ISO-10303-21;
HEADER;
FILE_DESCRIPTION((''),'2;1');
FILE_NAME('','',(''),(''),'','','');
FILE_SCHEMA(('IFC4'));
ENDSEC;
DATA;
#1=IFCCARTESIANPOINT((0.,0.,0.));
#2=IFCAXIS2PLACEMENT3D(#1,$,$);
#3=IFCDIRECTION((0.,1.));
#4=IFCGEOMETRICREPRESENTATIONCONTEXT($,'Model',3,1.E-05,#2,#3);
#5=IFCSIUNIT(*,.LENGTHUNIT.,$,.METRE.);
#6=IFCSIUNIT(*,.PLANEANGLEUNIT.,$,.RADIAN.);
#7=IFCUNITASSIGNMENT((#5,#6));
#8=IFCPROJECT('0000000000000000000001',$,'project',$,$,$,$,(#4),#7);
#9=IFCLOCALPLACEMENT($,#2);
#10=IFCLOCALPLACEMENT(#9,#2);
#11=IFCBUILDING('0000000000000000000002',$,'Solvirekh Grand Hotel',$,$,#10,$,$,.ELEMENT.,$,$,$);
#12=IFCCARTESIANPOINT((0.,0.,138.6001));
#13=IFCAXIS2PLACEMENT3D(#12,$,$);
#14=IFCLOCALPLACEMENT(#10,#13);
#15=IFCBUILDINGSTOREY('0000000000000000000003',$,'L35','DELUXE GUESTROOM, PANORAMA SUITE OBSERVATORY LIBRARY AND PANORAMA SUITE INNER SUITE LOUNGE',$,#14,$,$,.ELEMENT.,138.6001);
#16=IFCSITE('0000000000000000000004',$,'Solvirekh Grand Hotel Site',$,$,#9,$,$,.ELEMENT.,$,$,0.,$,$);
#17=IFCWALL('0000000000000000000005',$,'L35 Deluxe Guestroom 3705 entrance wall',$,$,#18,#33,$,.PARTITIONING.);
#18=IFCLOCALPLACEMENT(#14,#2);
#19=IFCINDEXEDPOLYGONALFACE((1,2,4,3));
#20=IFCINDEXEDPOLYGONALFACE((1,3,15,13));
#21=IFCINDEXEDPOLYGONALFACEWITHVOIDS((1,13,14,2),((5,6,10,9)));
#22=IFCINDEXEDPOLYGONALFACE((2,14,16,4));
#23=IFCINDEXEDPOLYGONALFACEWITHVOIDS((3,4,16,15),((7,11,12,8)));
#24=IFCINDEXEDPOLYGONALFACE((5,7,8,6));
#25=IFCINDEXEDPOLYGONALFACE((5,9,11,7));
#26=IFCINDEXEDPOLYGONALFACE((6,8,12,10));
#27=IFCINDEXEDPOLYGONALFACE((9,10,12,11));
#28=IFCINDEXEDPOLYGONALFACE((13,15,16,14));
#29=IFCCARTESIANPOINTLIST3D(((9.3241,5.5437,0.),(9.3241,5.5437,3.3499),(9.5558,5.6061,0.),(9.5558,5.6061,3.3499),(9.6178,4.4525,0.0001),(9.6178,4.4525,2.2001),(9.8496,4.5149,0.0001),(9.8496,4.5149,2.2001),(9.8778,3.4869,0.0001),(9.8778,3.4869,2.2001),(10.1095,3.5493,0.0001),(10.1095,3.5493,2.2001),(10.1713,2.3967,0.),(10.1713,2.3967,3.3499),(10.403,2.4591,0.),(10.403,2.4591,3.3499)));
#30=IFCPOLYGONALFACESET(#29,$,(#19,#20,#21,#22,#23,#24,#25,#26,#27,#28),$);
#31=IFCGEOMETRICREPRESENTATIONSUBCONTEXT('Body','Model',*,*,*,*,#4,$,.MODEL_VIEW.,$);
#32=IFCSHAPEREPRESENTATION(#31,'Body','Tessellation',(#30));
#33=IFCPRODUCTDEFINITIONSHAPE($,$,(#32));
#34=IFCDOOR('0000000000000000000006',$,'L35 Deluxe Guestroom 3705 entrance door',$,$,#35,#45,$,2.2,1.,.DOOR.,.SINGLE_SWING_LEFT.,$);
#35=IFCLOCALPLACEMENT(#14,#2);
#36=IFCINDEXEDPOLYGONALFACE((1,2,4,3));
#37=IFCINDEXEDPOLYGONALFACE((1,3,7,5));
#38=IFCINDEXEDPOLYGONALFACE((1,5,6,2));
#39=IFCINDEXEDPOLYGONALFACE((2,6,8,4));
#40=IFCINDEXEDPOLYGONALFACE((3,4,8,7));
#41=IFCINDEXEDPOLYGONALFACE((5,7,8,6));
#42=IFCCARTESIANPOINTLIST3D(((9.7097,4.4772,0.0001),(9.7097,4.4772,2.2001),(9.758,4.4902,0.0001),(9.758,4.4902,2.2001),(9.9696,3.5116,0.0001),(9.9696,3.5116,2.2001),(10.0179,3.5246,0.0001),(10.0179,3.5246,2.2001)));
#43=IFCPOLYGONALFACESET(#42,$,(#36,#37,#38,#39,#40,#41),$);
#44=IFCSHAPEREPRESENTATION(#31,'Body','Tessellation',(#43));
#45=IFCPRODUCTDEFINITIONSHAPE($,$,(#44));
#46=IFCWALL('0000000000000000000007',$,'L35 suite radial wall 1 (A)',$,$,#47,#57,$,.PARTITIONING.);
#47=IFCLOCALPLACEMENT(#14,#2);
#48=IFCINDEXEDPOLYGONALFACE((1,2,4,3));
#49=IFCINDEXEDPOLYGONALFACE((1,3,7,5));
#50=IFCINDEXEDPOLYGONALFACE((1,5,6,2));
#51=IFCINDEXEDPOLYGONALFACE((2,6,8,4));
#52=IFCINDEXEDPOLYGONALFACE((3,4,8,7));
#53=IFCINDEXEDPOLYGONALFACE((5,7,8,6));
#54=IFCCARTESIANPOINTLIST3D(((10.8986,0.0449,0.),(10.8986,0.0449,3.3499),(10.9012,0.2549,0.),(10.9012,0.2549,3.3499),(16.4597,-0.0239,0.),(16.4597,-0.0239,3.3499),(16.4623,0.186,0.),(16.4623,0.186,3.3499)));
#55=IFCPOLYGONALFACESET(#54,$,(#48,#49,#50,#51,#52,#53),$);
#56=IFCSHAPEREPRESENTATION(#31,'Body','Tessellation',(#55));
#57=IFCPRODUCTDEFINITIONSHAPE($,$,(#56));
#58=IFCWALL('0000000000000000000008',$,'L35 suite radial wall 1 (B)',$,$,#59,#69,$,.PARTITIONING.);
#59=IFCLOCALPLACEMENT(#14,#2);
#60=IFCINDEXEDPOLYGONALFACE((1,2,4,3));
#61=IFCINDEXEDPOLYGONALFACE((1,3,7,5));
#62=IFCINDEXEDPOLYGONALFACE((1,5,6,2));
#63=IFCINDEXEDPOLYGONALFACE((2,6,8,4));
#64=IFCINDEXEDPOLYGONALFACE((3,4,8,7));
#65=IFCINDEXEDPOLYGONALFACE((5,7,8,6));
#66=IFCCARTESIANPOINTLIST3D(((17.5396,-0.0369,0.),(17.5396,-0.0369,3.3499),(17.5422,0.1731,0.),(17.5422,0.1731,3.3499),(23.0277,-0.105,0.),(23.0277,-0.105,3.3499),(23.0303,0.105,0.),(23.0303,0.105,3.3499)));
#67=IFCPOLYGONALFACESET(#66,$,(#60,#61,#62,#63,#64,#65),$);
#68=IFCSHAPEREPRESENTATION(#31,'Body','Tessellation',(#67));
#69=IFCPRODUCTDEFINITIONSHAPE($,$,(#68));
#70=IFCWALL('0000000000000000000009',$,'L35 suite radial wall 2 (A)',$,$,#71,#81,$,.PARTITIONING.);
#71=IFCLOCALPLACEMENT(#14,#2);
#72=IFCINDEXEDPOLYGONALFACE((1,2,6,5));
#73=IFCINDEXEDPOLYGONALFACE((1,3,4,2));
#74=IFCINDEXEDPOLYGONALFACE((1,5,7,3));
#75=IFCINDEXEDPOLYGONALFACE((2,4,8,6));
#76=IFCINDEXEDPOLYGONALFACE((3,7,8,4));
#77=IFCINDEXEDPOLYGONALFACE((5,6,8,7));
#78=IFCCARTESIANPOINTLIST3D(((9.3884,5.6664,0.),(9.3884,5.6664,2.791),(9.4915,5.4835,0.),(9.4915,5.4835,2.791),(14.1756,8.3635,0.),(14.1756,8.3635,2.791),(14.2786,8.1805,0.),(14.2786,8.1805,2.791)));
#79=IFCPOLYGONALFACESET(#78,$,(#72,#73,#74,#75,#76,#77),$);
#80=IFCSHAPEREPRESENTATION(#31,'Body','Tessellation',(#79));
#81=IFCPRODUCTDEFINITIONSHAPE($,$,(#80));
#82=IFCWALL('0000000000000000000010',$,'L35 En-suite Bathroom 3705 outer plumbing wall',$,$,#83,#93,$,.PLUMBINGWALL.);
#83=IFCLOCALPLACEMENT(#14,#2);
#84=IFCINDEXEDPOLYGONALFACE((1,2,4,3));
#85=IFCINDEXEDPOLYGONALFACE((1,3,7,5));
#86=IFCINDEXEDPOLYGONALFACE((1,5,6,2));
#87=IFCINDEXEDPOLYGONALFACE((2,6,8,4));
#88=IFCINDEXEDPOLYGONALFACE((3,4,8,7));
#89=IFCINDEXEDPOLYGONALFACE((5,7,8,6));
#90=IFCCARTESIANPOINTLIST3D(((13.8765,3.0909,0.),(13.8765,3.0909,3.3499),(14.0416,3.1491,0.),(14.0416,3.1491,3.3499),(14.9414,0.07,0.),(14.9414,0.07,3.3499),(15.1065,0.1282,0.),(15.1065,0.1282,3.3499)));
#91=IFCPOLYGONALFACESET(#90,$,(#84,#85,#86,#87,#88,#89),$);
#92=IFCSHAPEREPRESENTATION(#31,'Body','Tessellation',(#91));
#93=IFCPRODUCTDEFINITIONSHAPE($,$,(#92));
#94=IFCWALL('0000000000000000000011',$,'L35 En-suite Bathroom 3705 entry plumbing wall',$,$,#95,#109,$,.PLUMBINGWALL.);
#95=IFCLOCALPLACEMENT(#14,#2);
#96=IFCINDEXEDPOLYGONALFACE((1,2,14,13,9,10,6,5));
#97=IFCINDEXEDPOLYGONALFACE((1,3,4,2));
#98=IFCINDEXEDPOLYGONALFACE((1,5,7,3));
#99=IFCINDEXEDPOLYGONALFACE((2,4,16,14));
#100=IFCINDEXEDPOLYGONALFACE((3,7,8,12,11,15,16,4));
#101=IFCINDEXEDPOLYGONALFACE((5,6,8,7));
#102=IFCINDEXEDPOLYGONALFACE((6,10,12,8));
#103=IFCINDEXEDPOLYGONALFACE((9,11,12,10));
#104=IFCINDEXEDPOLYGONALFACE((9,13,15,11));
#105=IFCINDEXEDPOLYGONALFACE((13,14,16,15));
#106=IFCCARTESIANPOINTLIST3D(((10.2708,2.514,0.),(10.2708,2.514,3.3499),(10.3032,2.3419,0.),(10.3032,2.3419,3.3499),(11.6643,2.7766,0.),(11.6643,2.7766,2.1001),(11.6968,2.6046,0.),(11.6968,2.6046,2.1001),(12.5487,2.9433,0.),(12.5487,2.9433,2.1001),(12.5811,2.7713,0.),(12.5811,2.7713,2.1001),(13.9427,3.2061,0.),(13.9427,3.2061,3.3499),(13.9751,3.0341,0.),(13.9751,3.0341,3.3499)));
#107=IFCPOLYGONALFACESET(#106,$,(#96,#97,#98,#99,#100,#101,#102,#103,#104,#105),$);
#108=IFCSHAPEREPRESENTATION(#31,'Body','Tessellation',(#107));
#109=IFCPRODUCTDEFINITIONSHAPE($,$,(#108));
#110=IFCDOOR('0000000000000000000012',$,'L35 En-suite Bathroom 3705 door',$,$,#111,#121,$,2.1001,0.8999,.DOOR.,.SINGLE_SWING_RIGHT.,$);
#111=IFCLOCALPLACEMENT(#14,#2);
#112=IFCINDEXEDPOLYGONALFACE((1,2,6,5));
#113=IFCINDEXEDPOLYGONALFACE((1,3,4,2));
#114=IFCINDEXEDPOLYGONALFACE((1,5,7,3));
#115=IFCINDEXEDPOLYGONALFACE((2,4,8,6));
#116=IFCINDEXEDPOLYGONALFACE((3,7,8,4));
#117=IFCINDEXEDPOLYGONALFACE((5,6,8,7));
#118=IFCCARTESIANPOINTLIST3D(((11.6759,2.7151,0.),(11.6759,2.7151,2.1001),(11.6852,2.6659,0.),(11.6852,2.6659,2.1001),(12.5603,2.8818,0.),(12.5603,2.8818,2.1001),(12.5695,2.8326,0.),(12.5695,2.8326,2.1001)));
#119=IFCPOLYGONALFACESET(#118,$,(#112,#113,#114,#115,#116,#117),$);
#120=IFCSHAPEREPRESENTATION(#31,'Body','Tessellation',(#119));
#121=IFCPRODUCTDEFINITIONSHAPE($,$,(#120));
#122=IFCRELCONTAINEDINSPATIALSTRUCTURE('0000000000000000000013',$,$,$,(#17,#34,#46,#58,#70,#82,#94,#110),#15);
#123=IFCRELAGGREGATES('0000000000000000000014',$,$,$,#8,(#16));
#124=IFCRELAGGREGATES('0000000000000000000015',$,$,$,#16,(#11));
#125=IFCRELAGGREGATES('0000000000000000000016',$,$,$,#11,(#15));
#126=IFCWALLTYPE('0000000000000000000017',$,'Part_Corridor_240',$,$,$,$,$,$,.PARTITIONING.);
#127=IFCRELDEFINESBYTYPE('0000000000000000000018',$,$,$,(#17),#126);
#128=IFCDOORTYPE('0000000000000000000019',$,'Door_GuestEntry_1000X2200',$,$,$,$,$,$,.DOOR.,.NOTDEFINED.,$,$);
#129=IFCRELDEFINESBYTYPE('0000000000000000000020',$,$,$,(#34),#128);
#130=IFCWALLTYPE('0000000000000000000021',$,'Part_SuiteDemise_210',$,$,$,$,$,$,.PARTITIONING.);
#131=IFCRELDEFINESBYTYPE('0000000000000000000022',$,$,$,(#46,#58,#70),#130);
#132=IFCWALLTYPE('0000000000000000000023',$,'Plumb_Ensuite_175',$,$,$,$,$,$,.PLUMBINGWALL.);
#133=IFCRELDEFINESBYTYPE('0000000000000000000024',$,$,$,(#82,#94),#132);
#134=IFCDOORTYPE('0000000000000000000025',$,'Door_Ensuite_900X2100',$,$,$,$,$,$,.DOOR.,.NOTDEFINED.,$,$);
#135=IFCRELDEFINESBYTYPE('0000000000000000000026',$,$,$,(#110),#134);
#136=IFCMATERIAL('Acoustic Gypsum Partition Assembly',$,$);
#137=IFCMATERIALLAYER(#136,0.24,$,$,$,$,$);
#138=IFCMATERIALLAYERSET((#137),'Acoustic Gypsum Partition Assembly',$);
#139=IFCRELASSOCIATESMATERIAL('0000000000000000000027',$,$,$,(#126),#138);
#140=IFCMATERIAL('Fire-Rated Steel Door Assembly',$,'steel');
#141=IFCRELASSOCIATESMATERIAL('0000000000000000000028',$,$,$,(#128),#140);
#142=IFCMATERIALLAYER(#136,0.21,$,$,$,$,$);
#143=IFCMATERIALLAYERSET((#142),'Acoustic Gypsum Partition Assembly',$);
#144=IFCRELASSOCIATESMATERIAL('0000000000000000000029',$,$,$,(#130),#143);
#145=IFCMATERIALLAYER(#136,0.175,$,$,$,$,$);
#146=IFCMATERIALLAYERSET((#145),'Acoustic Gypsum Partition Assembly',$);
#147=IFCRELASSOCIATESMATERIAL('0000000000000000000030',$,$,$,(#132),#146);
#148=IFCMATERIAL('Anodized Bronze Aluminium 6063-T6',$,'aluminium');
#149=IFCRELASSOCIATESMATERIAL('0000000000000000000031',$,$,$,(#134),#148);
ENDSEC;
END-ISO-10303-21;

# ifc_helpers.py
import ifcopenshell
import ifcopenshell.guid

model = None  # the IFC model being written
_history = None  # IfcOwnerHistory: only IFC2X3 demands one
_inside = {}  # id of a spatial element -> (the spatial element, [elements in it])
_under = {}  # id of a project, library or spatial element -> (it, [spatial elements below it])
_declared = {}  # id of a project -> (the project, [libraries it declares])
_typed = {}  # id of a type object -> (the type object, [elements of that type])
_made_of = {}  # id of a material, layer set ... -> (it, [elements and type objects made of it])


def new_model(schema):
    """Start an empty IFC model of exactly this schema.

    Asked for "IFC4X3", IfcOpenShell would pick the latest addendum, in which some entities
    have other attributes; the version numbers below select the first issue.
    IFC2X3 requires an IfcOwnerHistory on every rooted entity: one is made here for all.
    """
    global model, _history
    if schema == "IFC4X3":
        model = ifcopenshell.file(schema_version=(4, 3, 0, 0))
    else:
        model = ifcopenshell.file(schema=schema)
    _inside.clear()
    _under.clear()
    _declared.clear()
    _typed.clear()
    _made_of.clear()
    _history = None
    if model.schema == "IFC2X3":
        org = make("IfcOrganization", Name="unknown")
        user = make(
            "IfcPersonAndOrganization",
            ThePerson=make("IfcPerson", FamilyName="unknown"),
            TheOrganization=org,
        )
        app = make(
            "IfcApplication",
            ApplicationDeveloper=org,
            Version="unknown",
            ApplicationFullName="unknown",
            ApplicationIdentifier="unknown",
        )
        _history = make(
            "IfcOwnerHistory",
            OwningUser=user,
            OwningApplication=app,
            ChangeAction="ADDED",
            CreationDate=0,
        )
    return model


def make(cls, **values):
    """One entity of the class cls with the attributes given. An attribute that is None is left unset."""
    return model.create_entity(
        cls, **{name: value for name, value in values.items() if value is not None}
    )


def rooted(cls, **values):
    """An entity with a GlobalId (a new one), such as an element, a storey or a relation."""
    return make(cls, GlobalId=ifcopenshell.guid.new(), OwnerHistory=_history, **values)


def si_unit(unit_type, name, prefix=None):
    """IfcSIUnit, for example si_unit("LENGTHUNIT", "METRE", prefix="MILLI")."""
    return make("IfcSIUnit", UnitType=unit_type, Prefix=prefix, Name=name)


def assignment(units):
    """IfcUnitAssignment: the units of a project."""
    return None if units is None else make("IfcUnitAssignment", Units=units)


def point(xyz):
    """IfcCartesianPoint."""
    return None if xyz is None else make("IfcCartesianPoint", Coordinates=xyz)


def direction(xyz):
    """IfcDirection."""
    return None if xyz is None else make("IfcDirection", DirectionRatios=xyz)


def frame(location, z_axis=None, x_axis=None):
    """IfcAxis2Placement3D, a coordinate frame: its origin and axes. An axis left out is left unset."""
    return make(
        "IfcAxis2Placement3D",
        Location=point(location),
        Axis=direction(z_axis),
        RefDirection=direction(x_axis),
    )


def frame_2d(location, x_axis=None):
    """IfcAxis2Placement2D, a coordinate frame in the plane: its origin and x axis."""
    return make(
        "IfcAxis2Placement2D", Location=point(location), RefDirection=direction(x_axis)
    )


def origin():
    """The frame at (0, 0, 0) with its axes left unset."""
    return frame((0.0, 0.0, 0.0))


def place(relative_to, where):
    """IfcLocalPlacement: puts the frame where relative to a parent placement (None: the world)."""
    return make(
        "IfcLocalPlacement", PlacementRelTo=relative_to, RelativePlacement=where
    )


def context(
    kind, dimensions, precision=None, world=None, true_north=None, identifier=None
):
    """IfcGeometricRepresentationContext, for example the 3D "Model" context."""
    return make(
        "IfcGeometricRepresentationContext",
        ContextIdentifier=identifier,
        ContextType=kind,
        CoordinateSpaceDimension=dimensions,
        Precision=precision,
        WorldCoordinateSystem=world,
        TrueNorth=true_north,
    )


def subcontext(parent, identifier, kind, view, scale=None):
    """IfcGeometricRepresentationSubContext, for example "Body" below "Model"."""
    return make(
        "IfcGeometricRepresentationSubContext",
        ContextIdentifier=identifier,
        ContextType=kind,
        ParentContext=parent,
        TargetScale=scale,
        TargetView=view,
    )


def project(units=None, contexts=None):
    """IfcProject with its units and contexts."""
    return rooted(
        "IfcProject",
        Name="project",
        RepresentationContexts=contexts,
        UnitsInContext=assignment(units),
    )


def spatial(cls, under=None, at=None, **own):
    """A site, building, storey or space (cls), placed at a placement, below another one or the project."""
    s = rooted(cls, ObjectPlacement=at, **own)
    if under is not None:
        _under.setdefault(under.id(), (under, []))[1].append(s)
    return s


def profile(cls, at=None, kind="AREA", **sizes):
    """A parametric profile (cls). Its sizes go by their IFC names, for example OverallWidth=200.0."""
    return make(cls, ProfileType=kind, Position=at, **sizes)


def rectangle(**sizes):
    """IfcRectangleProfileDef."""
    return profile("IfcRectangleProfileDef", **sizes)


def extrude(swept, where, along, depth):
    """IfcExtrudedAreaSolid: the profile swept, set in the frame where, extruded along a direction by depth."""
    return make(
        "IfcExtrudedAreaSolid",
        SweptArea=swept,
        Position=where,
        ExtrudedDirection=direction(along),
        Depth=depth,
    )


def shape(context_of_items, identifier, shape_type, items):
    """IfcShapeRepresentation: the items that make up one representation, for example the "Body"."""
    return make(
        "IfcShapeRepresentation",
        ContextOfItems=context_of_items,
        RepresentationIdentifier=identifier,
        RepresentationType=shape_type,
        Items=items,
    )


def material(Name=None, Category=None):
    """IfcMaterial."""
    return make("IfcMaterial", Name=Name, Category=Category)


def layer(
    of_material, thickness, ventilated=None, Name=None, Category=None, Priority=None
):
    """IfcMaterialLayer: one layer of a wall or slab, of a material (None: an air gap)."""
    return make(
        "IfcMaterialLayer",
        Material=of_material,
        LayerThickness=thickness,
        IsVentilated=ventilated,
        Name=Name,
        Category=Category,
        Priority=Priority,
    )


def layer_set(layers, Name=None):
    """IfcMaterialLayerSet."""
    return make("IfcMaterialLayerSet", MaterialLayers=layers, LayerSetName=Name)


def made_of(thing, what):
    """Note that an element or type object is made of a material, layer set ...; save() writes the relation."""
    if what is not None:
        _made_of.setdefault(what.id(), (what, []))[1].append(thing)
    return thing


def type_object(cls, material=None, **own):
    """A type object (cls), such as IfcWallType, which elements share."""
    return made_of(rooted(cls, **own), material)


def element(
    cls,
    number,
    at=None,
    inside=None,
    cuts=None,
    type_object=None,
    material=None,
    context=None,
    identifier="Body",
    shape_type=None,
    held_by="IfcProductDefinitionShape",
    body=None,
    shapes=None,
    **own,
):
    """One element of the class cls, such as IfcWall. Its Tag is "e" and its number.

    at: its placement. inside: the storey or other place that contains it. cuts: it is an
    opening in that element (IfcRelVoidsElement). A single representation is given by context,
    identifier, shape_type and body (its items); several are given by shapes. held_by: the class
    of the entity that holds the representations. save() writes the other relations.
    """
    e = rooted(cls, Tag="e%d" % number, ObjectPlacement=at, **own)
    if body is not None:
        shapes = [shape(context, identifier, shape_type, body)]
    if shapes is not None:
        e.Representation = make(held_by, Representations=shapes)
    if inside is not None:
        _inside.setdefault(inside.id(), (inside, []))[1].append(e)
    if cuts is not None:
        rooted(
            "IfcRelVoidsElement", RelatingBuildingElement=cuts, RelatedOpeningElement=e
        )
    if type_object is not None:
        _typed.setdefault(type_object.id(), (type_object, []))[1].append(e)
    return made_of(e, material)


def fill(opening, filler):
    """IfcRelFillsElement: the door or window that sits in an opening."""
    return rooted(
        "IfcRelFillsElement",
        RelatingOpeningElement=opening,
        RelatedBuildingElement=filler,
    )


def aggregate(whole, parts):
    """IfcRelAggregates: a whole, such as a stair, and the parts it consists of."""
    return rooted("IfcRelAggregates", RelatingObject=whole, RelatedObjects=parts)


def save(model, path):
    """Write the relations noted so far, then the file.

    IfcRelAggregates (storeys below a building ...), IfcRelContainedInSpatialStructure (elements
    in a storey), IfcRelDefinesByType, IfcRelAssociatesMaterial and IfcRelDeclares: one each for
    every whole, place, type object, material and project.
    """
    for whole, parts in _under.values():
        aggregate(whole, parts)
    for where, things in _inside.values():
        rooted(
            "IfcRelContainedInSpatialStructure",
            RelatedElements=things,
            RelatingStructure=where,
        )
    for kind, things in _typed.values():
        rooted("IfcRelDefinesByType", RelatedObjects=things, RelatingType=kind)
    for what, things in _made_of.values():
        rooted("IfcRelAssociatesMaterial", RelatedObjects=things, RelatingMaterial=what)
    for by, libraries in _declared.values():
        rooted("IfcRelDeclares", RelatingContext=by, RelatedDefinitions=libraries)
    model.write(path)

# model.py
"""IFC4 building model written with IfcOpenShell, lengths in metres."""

from ifc_helpers import new_model, si_unit, direction, frame, frame_2d, origin, place, context, subcontext, project, spatial, rectangle, extrude, material, layer, layer_set, type_object, element, fill, save


model = new_model("IFC4")

# Units and contexts
model_context = context("Model", 3, precision=1e-05, world=origin(), true_north=direction((0.0, 1.0)))
body_context = subcontext(model_context, "Body", "Model", "MODEL_VIEW")
ifc_project = project(units=[si_unit("LENGTHUNIT", "METRE"), si_unit("PLANEANGLEUNIT", "RADIAN")], contexts=[model_context])

# Site, building, storey
site_placement = place(None, origin())
site = spatial("IfcSite", under=ifc_project, at=site_placement, Name="Solvirekh Grand Hotel Site", CompositionType="ELEMENT", RefElevation=0.0)
building_placement = place(site_placement, origin())
building = spatial("IfcBuilding", under=site, at=building_placement, Name="Solvirekh Grand Hotel", CompositionType="ELEMENT")
storey_placement = place(building_placement, frame((0.0, 0.0, 138.6001)))
storey = spatial("IfcBuildingStorey", under=building, at=storey_placement, Name="L35", Description="DELUXE GUESTROOM, PANORAMA SUITE OBSERVATORY LIBRARY AND PANORAMA SUITE INNER SUITE LOUNGE", CompositionType="ELEMENT", Elevation=138.6001)

# Shared definitions
ifc_material_1 = material(Name="Anodized Bronze Aluminium 6063-T6", Category="aluminium")

# Shared definitions
ifc_material_2 = material(Name="Acoustic Gypsum Partition Assembly")

# Shared definitions
ifc_layer_1 = layer(ifc_material_2, 0.24)
ifc_layer_set_1 = layer_set([ifc_layer_1], Name="Acoustic Gypsum Partition Assembly")
wall_type_1 = type_object("IfcWallType", Name="Part_Corridor_240", PredefinedType="PARTITIONING", material=ifc_layer_set_1)

# Wall, opening, door
wall_1_placement = place(storey_placement, frame((10.2871, 2.428, 0.0), z_axis=(0.0, 0.0, 1.0), x_axis=(-0.259947, 0.965623, 0.0)))
wall_1 = element("IfcWall", 1, at=wall_1_placement, inside=storey, type_object=wall_type_1, Name="L35 Deluxe Guestroom 3705 entrance wall", PredefinedType="PARTITIONING", context=body_context, shape_type="SweptSolid", body=[
    extrude(rectangle(XDim=3.259, YDim=0.24, at=frame_2d((1.6294, 0.0))), origin(), (0.0, 0.0, 1.0), 3.3499),
])
opening_1_placement = place(wall_1_placement, frame((1.1289, 0.0, 0.0)))
opening_1 = element("IfcOpeningElement", 2, at=opening_1_placement, cuts=wall_1, PredefinedType="OPENING", context=body_context, shape_type="SweptSolid", body=[
    extrude(rectangle(XDim=1.0, YDim=2.2, at=frame_2d((0.5, 1.1001))), frame((0.0, 0.1299, 0.0), z_axis=(0.0, -1.0, 0.0), x_axis=(1.0, 0.0, 0.0)), (0.0, 0.0, 1.0), 0.26),
])
ifc_material_3 = material(Name="Fire-Rated Steel Door Assembly", Category="steel")
door_type_1 = type_object("IfcDoorType", Name="Door_GuestEntry_1000X2200", OperationType="NOTDEFINED", PredefinedType="DOOR", material=ifc_material_3)
door_1_placement = place(opening_1_placement, origin())
door_1 = element("IfcDoor", 3, at=door_1_placement, inside=storey, type_object=door_type_1, Name="L35 Deluxe Guestroom 3705 entrance door", OperationType="SINGLE_SWING_LEFT", OverallHeight=2.2, OverallWidth=1.0, PredefinedType="DOOR", context=body_context, shape_type="SweptSolid", body=[
    extrude(rectangle(XDim=1.0, YDim=2.2, at=frame_2d((0.5, 1.1001))), frame((0.0, 0.0249, 0.0), z_axis=(0.0, -1.0, 0.0), x_axis=(1.0, 0.0, 0.0)), (0.0, 0.0, 1.0), 0.05),
])
fill(opening_1, door_1)

# Walls
ifc_layer_2 = layer(ifc_material_2, 0.21)
ifc_layer_set_2 = layer_set([ifc_layer_2], Name="Acoustic Gypsum Partition Assembly")
wall_type_2 = type_object("IfcWallType", Name="Part_SuiteDemise_210", PredefinedType="PARTITIONING", material=ifc_layer_set_2)
wall_2_placement = place(storey_placement, frame((10.8999, 0.1499, 0.0), z_axis=(0.0, 0.0, 1.0), x_axis=(0.999923, -0.012379, 0.0)))
element("IfcWall", 4, at=wall_2_placement, inside=storey, type_object=wall_type_2, Name="L35 suite radial wall 1 (A)", PredefinedType="PARTITIONING", context=body_context, shape_type="SweptSolid", body=[
    extrude(rectangle(XDim=5.5615, YDim=0.21, at=frame_2d((2.7808, 0.0))), origin(), (0.0, 0.0, 1.0), 3.3499),
])
wall_3_placement = place(storey_placement, frame((17.541, 0.0681, 0.0), z_axis=(0.0, 0.0, 1.0), x_axis=(0.999923, -0.012411, 0.0)))
element("IfcWall", 5, at=wall_3_placement, inside=storey, type_object=wall_type_2, Name="L35 suite radial wall 1 (B)", PredefinedType="PARTITIONING", context=body_context, shape_type="SweptSolid", body=[
    extrude(rectangle(XDim=5.4885, YDim=0.21, at=frame_2d((2.7441, 0.0))), origin(), (0.0, 0.0, 1.0), 3.3499),
])
wall_4_placement = place(storey_placement, frame((9.4399, 5.575, 0.0), z_axis=(0.0, 0.0, 1.0), x_axis=(0.871243, 0.490852, 0.0)))
element("IfcWall", 6, at=wall_4_placement, inside=storey, type_object=wall_type_2, Name="L35 suite radial wall 2 (A)", PredefinedType="PARTITIONING", context=body_context, shape_type="SweptSolid", body=[
    extrude(rectangle(XDim=5.4946, YDim=0.21, at=frame_2d((2.7473, 0.0))), origin(), (0.0, 0.0, 1.0), 2.791),
])
ifc_layer_3 = layer(ifc_material_2, 0.175)
ifc_layer_set_3 = layer_set([ifc_layer_3], Name="Acoustic Gypsum Partition Assembly")
wall_type_3 = type_object("IfcWallType", Name="Plumb_Ensuite_175", PredefinedType="PLUMBINGWALL", material=ifc_layer_set_3)
wall_5_placement = place(storey_placement, frame((15.0239, 0.0991, 0.0), z_axis=(0.0, 0.0, 1.0), x_axis=(-0.332461, 0.943117, 0.0)))
element("IfcWall", 7, at=wall_5_placement, inside=storey, type_object=wall_type_3, Name="L35 En-suite Bathroom 3705 outer plumbing wall", PredefinedType="PLUMBINGWALL", context=body_context, shape_type="SweptSolid", body=[
    extrude(rectangle(XDim=3.2031, YDim=0.175, at=frame_2d((1.6016, 0.0))), origin(), (0.0, 0.0, 1.0), 3.3499),
])

# Wall, opening, door
wall_6_placement = place(storey_placement, frame((10.2871, 2.428, 0.0), z_axis=(0.0, 0.0, 1.0), x_axis=(0.982694, 0.185235, 0.0)))
wall_6 = element("IfcWall", 8, at=wall_6_placement, inside=storey, type_object=wall_type_3, Name="L35 En-suite Bathroom 3705 entry plumbing wall", PredefinedType="PLUMBINGWALL", context=body_context, shape_type="SweptSolid", body=[
    extrude(rectangle(XDim=3.7366, YDim=0.175, at=frame_2d((1.8682, 0.0))), origin(), (0.0, 0.0, 1.0), 3.3499),
])
opening_2_placement = place(wall_6_placement, frame((1.418, 0.0, 0.0)))
opening_2 = element("IfcOpeningElement", 9, at=opening_2_placement, cuts=wall_6, PredefinedType="OPENING", context=body_context, shape_type="SweptSolid", body=[
    extrude(rectangle(XDim=0.8999, YDim=2.1001, at=frame_2d((0.45, 1.05))), frame((0.0, 0.0977, 0.0), z_axis=(0.0, -1.0, 0.0), x_axis=(1.0, 0.0, 0.0)), (0.0, 0.0, 1.0), 0.1951),
])
door_type_2 = type_object("IfcDoorType", Name="Door_Ensuite_900X2100", OperationType="NOTDEFINED", PredefinedType="DOOR", material=ifc_material_1)
door_2_placement = place(opening_2_placement, origin())
door_2 = element("IfcDoor", 10, at=door_2_placement, inside=storey, type_object=door_type_2, Name="L35 En-suite Bathroom 3705 door", OperationType="SINGLE_SWING_RIGHT", OverallHeight=2.1001, OverallWidth=0.8999, PredefinedType="DOOR", context=body_context, shape_type="SweptSolid", body=[
    extrude(rectangle(XDim=0.8999, YDim=2.1001, at=frame_2d((0.45, 1.05))), frame((0.0, 0.0249, 0.0), z_axis=(0.0, -1.0, 0.0), x_axis=(1.0, 0.0, 0.0)), (0.0, 0.0, 1.0), 0.05),
])
fill(opening_2, door_2)

save(model, "model.ifc")
